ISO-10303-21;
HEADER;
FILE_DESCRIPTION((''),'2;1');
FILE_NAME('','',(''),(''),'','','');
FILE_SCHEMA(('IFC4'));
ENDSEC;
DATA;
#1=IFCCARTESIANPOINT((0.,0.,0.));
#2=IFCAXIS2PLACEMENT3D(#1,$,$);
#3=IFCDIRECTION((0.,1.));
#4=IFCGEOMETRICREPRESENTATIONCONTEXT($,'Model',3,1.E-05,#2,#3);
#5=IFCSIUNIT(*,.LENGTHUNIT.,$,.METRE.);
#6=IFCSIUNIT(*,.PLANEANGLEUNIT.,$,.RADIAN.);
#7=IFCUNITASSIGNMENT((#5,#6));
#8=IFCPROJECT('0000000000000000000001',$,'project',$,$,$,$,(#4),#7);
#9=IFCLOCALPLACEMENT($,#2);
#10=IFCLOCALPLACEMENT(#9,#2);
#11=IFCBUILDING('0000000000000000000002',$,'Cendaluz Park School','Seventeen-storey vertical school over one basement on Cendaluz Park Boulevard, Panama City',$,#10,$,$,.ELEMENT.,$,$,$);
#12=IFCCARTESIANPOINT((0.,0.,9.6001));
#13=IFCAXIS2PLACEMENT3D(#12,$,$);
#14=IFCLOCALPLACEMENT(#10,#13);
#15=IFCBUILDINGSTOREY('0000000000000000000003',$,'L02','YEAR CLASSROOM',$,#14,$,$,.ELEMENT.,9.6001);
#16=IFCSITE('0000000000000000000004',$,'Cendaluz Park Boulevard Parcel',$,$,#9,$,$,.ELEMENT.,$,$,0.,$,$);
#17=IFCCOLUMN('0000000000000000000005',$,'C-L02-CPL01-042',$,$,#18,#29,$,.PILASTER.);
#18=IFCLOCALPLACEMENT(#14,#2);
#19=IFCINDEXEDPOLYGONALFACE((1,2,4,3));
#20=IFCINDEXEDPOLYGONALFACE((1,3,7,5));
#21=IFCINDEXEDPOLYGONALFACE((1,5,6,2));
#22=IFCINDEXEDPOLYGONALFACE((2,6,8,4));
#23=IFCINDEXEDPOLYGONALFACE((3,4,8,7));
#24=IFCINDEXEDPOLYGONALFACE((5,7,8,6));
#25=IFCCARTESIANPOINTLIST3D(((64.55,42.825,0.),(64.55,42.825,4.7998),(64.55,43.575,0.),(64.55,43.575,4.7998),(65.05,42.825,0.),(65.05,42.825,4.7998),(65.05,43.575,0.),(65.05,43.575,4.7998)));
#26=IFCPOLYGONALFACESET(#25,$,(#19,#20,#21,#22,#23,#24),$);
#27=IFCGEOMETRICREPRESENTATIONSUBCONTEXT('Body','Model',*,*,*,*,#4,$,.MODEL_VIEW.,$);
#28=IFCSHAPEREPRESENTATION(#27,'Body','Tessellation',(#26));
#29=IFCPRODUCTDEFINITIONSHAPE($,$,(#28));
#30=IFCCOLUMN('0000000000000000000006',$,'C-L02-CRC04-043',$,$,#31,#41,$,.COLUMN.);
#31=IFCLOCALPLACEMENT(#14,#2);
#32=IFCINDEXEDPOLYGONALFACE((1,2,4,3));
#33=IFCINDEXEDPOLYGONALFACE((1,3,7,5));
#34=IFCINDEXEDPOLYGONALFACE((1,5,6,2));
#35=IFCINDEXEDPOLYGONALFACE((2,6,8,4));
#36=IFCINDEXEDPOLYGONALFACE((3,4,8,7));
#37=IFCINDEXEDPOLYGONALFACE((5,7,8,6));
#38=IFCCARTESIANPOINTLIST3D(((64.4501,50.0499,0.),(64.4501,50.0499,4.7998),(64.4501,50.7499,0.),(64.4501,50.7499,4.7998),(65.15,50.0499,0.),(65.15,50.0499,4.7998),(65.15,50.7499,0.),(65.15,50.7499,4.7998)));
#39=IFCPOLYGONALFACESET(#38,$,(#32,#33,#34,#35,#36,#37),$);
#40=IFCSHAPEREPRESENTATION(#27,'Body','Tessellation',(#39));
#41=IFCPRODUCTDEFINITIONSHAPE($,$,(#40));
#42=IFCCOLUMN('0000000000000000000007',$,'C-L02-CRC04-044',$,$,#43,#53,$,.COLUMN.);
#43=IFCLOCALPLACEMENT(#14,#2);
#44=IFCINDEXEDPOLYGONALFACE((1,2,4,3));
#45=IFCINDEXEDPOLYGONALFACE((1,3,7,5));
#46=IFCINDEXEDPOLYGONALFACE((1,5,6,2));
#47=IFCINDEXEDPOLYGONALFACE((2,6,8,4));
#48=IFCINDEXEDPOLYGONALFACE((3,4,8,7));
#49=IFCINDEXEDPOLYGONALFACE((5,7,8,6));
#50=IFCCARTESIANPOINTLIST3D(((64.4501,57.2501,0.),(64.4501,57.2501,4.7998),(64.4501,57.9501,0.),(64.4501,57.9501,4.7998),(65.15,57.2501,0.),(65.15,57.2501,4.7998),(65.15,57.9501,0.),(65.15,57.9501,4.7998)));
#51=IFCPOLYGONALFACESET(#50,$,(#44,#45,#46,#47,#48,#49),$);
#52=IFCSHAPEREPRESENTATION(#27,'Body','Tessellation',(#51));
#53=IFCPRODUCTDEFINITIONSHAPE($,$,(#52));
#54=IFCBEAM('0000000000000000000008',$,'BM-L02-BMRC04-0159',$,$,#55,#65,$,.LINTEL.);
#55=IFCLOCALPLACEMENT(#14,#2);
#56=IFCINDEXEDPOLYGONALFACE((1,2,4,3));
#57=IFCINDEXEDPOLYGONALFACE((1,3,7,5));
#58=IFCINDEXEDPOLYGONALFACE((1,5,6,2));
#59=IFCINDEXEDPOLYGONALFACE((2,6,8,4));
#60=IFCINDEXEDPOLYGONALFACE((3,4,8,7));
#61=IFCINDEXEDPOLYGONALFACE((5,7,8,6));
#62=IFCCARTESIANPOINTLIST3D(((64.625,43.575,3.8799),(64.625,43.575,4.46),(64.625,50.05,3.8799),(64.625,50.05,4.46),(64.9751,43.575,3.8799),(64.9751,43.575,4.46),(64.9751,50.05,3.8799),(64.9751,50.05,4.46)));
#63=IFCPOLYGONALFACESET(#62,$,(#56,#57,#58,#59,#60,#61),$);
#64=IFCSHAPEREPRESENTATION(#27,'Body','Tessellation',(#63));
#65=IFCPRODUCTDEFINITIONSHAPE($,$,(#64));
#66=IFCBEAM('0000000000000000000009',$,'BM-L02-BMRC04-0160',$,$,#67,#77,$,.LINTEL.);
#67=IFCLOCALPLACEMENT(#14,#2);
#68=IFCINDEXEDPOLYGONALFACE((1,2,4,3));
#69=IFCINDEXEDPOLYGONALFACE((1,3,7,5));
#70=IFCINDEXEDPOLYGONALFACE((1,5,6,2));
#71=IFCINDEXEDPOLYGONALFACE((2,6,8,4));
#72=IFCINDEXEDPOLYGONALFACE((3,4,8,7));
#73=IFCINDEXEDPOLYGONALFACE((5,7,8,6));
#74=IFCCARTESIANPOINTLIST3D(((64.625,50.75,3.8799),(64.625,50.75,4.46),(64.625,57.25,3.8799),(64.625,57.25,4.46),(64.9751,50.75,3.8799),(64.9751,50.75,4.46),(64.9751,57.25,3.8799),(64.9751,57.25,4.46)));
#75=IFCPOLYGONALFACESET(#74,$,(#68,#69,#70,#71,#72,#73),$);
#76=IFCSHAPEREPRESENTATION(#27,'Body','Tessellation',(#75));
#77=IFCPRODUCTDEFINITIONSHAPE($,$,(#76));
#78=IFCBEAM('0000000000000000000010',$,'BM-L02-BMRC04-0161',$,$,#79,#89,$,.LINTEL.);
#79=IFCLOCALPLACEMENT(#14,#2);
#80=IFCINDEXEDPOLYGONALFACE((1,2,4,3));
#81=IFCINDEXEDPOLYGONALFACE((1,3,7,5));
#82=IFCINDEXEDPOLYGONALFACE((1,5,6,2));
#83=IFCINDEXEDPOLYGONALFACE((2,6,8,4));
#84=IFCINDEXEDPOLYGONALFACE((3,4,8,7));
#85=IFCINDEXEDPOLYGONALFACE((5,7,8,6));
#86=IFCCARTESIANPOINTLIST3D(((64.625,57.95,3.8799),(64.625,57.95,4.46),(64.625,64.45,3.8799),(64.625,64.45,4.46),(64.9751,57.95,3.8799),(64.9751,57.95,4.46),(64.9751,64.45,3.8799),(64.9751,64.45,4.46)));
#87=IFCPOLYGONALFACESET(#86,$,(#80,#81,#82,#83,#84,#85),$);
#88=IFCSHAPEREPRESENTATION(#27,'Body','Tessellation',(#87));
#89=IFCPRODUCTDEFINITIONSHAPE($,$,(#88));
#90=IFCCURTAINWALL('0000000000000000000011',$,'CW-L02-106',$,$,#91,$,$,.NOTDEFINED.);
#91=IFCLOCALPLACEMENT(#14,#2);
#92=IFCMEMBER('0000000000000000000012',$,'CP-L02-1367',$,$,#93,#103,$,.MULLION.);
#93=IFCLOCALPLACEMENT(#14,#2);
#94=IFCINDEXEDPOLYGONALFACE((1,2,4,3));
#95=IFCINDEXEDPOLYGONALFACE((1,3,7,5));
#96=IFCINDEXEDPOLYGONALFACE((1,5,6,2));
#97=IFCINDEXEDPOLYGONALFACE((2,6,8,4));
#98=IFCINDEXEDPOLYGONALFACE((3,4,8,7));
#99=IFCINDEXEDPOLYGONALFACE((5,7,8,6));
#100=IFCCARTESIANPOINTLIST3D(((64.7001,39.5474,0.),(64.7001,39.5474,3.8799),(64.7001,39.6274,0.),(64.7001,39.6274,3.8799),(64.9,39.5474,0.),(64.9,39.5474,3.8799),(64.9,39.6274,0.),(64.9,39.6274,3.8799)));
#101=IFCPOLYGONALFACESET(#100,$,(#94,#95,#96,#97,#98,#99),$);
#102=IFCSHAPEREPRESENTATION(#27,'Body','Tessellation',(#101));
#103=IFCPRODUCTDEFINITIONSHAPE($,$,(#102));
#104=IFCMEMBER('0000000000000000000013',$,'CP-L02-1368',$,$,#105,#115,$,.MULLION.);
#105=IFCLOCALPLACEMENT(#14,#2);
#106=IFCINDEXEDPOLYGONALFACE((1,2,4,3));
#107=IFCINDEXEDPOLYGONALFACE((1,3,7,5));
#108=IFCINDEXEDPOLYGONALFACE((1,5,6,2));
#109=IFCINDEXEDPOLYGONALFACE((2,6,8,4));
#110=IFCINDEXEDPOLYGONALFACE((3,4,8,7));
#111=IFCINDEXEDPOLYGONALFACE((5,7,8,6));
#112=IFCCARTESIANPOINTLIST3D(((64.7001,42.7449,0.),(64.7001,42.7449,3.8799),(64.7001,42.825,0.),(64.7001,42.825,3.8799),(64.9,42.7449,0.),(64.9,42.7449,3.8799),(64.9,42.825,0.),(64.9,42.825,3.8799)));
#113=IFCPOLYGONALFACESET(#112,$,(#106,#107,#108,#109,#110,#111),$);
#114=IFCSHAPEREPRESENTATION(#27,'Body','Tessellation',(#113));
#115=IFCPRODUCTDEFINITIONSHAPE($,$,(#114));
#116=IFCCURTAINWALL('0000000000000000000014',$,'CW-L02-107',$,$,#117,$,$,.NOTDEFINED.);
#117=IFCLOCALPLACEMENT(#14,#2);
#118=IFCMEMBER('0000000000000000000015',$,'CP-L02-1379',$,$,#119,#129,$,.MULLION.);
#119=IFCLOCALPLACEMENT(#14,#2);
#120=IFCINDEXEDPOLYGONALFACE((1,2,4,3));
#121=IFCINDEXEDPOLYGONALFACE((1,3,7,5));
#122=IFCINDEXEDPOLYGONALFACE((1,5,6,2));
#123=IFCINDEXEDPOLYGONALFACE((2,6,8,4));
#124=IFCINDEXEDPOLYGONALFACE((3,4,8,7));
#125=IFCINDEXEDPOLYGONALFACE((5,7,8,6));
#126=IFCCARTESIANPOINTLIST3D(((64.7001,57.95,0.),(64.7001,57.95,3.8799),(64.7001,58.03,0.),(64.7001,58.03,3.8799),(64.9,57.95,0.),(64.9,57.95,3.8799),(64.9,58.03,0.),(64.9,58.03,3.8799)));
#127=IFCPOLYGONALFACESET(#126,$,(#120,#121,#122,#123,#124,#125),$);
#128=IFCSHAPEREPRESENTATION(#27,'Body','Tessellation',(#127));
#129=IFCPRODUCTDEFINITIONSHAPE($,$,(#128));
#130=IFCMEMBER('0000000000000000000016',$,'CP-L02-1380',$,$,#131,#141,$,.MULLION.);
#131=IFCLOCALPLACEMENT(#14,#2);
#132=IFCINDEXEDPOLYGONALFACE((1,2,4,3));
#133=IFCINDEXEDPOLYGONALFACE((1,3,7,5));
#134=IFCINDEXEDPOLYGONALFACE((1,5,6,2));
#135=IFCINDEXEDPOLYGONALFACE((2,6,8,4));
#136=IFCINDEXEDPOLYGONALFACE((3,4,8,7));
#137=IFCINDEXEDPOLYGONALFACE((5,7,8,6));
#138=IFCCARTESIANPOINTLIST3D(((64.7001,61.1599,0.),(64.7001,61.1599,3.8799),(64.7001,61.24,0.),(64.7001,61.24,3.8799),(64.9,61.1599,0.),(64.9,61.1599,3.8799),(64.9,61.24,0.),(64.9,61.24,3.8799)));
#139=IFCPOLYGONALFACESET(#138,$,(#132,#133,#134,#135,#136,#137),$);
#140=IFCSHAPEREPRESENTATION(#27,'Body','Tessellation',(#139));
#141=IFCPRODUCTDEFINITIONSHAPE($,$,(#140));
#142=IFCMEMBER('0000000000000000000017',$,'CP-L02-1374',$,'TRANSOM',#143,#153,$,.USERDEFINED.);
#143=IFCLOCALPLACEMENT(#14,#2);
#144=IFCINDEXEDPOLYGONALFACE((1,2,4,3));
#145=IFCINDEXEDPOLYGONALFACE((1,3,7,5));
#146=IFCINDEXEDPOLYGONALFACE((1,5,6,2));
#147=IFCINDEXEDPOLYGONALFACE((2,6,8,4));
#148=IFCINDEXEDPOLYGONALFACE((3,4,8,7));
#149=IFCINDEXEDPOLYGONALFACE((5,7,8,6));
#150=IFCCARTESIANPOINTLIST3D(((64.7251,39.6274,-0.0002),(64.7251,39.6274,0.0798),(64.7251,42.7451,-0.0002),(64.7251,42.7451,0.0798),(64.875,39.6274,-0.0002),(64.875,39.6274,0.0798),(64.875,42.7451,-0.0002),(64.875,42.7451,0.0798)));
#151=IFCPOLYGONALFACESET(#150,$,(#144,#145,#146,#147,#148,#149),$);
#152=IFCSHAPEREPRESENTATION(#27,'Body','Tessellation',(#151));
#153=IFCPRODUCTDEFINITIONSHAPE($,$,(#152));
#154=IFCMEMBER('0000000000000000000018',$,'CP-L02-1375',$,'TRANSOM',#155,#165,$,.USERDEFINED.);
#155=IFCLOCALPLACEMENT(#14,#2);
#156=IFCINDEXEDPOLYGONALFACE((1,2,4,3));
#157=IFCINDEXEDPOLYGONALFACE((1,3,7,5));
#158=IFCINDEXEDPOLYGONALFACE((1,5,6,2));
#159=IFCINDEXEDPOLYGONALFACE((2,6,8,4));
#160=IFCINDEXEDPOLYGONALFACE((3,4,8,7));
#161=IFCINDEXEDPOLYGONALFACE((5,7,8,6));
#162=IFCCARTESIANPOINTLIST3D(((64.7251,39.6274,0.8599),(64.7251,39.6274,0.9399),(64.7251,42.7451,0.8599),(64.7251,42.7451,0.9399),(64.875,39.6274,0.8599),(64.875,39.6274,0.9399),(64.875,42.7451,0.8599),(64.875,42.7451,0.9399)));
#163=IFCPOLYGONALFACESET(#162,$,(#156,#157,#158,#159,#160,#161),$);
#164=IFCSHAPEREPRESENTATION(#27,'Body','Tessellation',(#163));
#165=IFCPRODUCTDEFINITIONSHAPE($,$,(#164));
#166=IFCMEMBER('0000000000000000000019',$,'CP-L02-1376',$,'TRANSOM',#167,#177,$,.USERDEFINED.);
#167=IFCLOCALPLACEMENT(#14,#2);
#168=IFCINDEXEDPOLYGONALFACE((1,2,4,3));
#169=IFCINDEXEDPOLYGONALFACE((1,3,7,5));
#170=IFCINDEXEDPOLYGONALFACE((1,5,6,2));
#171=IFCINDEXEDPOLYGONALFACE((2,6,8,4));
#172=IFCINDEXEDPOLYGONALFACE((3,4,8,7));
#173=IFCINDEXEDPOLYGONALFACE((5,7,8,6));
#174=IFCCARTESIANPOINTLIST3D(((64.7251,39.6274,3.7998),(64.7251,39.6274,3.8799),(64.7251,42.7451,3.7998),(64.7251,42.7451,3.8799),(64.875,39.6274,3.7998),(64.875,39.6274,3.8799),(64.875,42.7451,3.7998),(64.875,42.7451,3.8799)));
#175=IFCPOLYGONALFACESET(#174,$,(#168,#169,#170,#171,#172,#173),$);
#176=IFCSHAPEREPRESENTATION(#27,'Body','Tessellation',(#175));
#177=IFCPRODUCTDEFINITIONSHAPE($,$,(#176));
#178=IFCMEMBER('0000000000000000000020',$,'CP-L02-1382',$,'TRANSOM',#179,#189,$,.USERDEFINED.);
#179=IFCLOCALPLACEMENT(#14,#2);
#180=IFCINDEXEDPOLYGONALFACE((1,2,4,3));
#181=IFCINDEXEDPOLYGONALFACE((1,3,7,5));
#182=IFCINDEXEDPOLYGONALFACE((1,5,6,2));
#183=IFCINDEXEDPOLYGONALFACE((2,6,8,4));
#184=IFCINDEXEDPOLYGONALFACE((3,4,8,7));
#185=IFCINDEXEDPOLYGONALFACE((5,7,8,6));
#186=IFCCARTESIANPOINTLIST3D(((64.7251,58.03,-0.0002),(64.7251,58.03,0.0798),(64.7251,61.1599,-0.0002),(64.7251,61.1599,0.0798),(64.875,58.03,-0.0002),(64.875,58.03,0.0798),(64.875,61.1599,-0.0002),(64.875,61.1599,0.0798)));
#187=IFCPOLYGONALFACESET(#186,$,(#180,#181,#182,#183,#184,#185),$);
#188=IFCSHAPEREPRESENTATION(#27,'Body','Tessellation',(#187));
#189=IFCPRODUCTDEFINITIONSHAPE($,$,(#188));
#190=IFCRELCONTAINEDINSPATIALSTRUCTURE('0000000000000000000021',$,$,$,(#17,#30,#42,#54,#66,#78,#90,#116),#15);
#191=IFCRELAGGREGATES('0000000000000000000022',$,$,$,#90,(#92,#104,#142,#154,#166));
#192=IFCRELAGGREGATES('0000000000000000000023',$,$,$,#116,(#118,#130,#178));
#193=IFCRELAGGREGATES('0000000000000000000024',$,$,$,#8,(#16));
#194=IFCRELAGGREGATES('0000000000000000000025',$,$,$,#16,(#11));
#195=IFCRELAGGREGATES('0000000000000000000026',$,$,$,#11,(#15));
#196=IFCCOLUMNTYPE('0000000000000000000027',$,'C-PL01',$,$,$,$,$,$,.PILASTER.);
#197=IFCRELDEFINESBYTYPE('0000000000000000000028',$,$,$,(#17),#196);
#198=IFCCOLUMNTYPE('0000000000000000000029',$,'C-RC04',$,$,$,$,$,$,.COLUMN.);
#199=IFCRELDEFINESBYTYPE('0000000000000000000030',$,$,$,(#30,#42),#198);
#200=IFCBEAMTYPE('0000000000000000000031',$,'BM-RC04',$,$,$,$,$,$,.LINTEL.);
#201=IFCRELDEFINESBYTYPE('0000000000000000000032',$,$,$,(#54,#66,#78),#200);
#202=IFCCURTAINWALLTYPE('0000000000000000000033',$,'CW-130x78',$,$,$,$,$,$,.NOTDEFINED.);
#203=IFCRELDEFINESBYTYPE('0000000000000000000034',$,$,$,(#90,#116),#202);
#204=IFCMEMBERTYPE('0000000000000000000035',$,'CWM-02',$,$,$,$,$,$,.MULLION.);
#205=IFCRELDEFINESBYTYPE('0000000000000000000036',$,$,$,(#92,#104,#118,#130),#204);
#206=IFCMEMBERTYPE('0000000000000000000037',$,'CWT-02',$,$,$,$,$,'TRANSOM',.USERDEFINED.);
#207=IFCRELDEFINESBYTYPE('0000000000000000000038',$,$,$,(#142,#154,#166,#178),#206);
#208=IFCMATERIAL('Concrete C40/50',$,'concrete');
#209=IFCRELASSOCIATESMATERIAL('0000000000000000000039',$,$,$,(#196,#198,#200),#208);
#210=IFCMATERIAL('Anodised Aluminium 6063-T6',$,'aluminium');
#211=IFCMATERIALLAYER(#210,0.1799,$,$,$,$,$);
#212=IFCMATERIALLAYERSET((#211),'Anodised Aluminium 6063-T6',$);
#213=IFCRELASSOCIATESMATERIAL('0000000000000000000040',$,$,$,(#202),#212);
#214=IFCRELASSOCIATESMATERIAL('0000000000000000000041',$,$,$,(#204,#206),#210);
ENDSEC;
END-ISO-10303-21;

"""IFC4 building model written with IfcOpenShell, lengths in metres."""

from ifc_helpers import new_model, si_unit, direction, frame, origin, origin_2d, place, context, subcontext, project, spatial, rectangle, extrude, material, layer, layer_set, material_profile, profile_set, type_object, element, aggregate, save


model = new_model("IFC4")

# Units and contexts
model_context = context("Model", 3, precision=1e-05, world=origin(), true_north=direction((0.0, 1.0)))
body_context = subcontext(model_context, "Body", "Model", "MODEL_VIEW")
ifc_project = project(units=[si_unit("LENGTHUNIT", "METRE"), si_unit("PLANEANGLEUNIT", "RADIAN")], contexts=[model_context])

# Site, building, storey
site_placement = place(None, origin())
site = spatial("IfcSite", under=ifc_project, at=site_placement, Name="Cendaluz Park Boulevard Parcel", CompositionType="ELEMENT", RefElevation=0.0)
building_placement = place(site_placement, origin())
building = spatial("IfcBuilding", under=site, at=building_placement, Name="Cendaluz Park School", Description="Seventeen-storey vertical school over one basement on Cendaluz Park Boulevard, Panama City", CompositionType="ELEMENT")
storey_placement = place(building_placement, frame((0.0, 0.0, 9.6001)))
storey = spatial("IfcBuildingStorey", under=building, at=storey_placement, Name="L02", Description="YEAR CLASSROOM", CompositionType="ELEMENT", Elevation=9.6001)

# Columns
ifc_material_1 = material(Name="Concrete C40/50", Category="concrete")
ifc_material_profile_1 = material_profile(ifc_material_1, rectangle(XDim=0.5, YDim=0.75, at=origin_2d()), Name="RC 500x750", Category="concrete")
ifc_profile_set_1 = profile_set([ifc_material_profile_1], Name="Concrete C40/50")
column_type_1 = type_object("IfcColumnType", Name="C-PL01", PredefinedType="PILASTER", material=ifc_profile_set_1)
column_placement = place(storey_placement, frame((64.8, 43.2, 0.0), z_axis=(0.0, 0.0, 1.0), x_axis=(1.0, 0.0, 0.0)))
element("IfcColumn", 1, at=column_placement, inside=storey, type_object=column_type_1, Name="C-L02-CPL01-042", PredefinedType="PILASTER", context=body_context, shape_type="SweptSolid", body=[
    extrude(rectangle(XDim=0.5, YDim=0.75, at=origin_2d()), origin(), (0.0, 0.0, 1.0), 4.7998),
])
ifc_material_profile_2 = material_profile(ifc_material_1, rectangle(XDim=0.7, YDim=0.7, at=origin_2d()), Name="RC 700x700", Category="concrete")
ifc_profile_set_2 = profile_set([ifc_material_profile_2], Name="Concrete C40/50")
column_type_2 = type_object("IfcColumnType", Name="C-RC04", PredefinedType="COLUMN", material=ifc_profile_set_2)
for number, where, z_axis, x_axis, name in (
    (2, (64.8, 50.3999, 0.0), (0.0, 0.0, 1.0), (1.0, 0.0, 0.0), "C-L02-CRC04-043"),
    (3, (64.8, 57.6001, 0.0), (0.0, 0.0, 1.0), (1.0, 0.0, 0.0), "C-L02-CRC04-044"),
):
    element("IfcColumn", number, at=place(storey_placement, frame(where, z_axis=z_axis, x_axis=x_axis)), inside=storey, type_object=column_type_2, Name=name, PredefinedType="COLUMN", context=body_context, shape_type="SweptSolid", body=[
        extrude(rectangle(XDim=0.7, YDim=0.7, at=origin_2d()), origin(), (0.0, 0.0, 1.0), 4.7998),
    ])

# Beams
ifc_material_profile_3 = material_profile(ifc_material_1, rectangle(XDim=0.3501, YDim=0.5801, at=origin_2d()), Name="RC 350x580", Category="concrete")
ifc_profile_set_3 = profile_set([ifc_material_profile_3], Name="Concrete C40/50")
beam_type = type_object("IfcBeamType", Name="BM-RC04", PredefinedType="LINTEL", material=ifc_profile_set_3)
beam_placement = place(storey_placement, frame((64.8, 43.575, 4.1699), z_axis=(0.0, 1.0, 0.0), x_axis=(-1.0, 0.0, 0.0)))
element("IfcBeam", 4, at=beam_placement, inside=storey, type_object=beam_type, Name="BM-L02-BMRC04-0159", PredefinedType="LINTEL", context=body_context, shape_type="SweptSolid", body=[
    extrude(rectangle(XDim=0.3501, YDim=0.5801, at=origin_2d()), origin(), (0.0, 0.0, 1.0), 6.4751),
])
for number, where, z_axis, x_axis, name in (
    (5, (64.8, 50.75, 4.1699), (0.0, 1.0, 0.0), (-1.0, 0.0, 0.0), "BM-L02-BMRC04-0160"),
    (6, (64.8, 57.95, 4.1699), (0.0, 1.0, 0.0), (-1.0, 0.0, 0.0), "BM-L02-BMRC04-0161"),
):
    element("IfcBeam", number, at=place(storey_placement, frame(where, z_axis=z_axis, x_axis=x_axis)), inside=storey, type_object=beam_type, Name=name, PredefinedType="LINTEL", context=body_context, shape_type="SweptSolid", body=[
        extrude(rectangle(XDim=0.3501, YDim=0.5801, at=origin_2d()), origin(), (0.0, 0.0, 1.0), 6.5),
    ])

# Curtain walls, members
ifc_material_2 = material(Name="Anodised Aluminium 6063-T6", Category="aluminium")
ifc_layer_1 = layer(ifc_material_2, 0.1799)
ifc_layer_set_1 = layer_set([ifc_layer_1], Name="Anodised Aluminium 6063-T6")
curtain_wall_type = type_object("IfcCurtainWallType", Name="CW-130x78", PredefinedType="NOTDEFINED", material=ifc_layer_set_1)
curtain_wall_1_placement = place(storey_placement, origin())
curtain_wall_1 = element("IfcCurtainWall", 7, at=curtain_wall_1_placement, inside=storey, type_object=curtain_wall_type, Name="CW-L02-106", PredefinedType="NOTDEFINED")
ifc_material_profile_4 = material_profile(ifc_material_2, rectangle(XDim=0.2, YDim=0.0801, at=origin_2d()), Name="CWM 200x80", Category="aluminium")
ifc_profile_set_4 = profile_set([ifc_material_profile_4], Name="Anodised Aluminium 6063-T6")
member_type_1 = type_object("IfcMemberType", Name="CWM-02", PredefinedType="MULLION", material=ifc_profile_set_4)
member_1_placement = place(storey_placement, frame((64.8, 39.5874, 0.0), z_axis=(0.0, 0.0, 1.0), x_axis=(-1.0, 0.0, 0.0)))
member_1 = element("IfcMember", 8, at=member_1_placement, type_object=member_type_1, Name="CP-L02-1367", PredefinedType="MULLION", context=body_context, shape_type="SweptSolid", body=[
    extrude(rectangle(XDim=0.2, YDim=0.0801, at=origin_2d()), origin(), (0.0, 0.0, 1.0), 3.8799),
])
member_2_placement = place(storey_placement, frame((64.8, 42.7849, 0.0), z_axis=(0.0, 0.0, 1.0), x_axis=(-1.0, 0.0, 0.0)))
member_2 = element("IfcMember", 9, at=member_2_placement, type_object=member_type_1, Name="CP-L02-1368", PredefinedType="MULLION", context=body_context, shape_type="SweptSolid", body=[
    extrude(rectangle(XDim=0.2, YDim=0.0801, at=origin_2d()), origin(), (0.0, 0.0, 1.0), 3.8799),
])
curtain_wall_2_placement = place(storey_placement, origin())
curtain_wall_2 = element("IfcCurtainWall", 10, at=curtain_wall_2_placement, inside=storey, type_object=curtain_wall_type, Name="CW-L02-107", PredefinedType="NOTDEFINED")
member_3_placement = place(storey_placement, frame((64.8, 57.99, 0.0), z_axis=(0.0, 0.0, 1.0), x_axis=(-1.0, 0.0, 0.0)))
member_3 = element("IfcMember", 11, at=member_3_placement, type_object=member_type_1, Name="CP-L02-1379", PredefinedType="MULLION", context=body_context, shape_type="SweptSolid", body=[
    extrude(rectangle(XDim=0.2, YDim=0.0801, at=origin_2d()), origin(), (0.0, 0.0, 1.0), 3.8799),
])
member_4_placement = place(storey_placement, frame((64.8, 61.2, 0.0), z_axis=(0.0, 0.0, 1.0), x_axis=(-1.0, 0.0, 0.0)))
member_4 = element("IfcMember", 12, at=member_4_placement, type_object=member_type_1, Name="CP-L02-1380", PredefinedType="MULLION", context=body_context, shape_type="SweptSolid", body=[
    extrude(rectangle(XDim=0.2, YDim=0.0801, at=origin_2d()), origin(), (0.0, 0.0, 1.0), 3.8799),
])

# Members
ifc_material_profile_5 = material_profile(ifc_material_2, rectangle(XDim=0.1499, YDim=0.0801, at=origin_2d()), Name="CWT 150x80", Category="aluminium")
ifc_profile_set_5 = profile_set([ifc_material_profile_5], Name="Anodised Aluminium 6063-T6")
member_type_2 = type_object("IfcMemberType", Name="CWT-02", ElementType="TRANSOM", PredefinedType="USERDEFINED", material=ifc_profile_set_5)
member_5_placement = place(storey_placement, frame((64.8, 39.6274, 0.0398), z_axis=(0.0, 1.0, 0.0), x_axis=(-1.0, 0.0, 0.0)))
member_5 = element("IfcMember", 13, at=member_5_placement, type_object=member_type_2, Name="CP-L02-1374", ObjectType="TRANSOM", PredefinedType="USERDEFINED", context=body_context, shape_type="SweptSolid", body=[
    extrude(rectangle(XDim=0.1499, YDim=0.0801, at=origin_2d()), origin(), (0.0, 0.0, 1.0), 3.1177),
])
member_6_placement = place(storey_placement, frame((64.8, 39.6274, 0.8999), z_axis=(0.0, 1.0, 0.0), x_axis=(-1.0, 0.0, 0.0)))
member_6 = element("IfcMember", 14, at=member_6_placement, type_object=member_type_2, Name="CP-L02-1375", ObjectType="TRANSOM", PredefinedType="USERDEFINED", context=body_context, shape_type="SweptSolid", body=[
    extrude(rectangle(XDim=0.1499, YDim=0.0801, at=origin_2d()), origin(), (0.0, 0.0, 1.0), 3.1177),
])
member_7_placement = place(storey_placement, frame((64.8, 39.6274, 3.8398), z_axis=(0.0, 1.0, 0.0), x_axis=(-1.0, 0.0, 0.0)))
member_7 = element("IfcMember", 15, at=member_7_placement, type_object=member_type_2, Name="CP-L02-1376", ObjectType="TRANSOM", PredefinedType="USERDEFINED", context=body_context, shape_type="SweptSolid", body=[
    extrude(rectangle(XDim=0.1499, YDim=0.0801, at=origin_2d()), origin(), (0.0, 0.0, 1.0), 3.1177),
])
member_8_placement = place(storey_placement, frame((64.8, 58.03, 0.0398), z_axis=(0.0, 1.0, 0.0), x_axis=(-1.0, 0.0, 0.0)))
member_8 = element("IfcMember", 16, at=member_8_placement, type_object=member_type_2, Name="CP-L02-1382", ObjectType="TRANSOM", PredefinedType="USERDEFINED", context=body_context, shape_type="SweptSolid", body=[
    extrude(rectangle(XDim=0.1499, YDim=0.0801, at=origin_2d()), origin(), (0.0, 0.0, 1.0), 3.1299),
])

aggregate(curtain_wall_1, [member_1, member_2, member_5, member_6, member_7])
aggregate(curtain_wall_2, [member_3, member_4, member_8])

save(model, "model.ifc")
